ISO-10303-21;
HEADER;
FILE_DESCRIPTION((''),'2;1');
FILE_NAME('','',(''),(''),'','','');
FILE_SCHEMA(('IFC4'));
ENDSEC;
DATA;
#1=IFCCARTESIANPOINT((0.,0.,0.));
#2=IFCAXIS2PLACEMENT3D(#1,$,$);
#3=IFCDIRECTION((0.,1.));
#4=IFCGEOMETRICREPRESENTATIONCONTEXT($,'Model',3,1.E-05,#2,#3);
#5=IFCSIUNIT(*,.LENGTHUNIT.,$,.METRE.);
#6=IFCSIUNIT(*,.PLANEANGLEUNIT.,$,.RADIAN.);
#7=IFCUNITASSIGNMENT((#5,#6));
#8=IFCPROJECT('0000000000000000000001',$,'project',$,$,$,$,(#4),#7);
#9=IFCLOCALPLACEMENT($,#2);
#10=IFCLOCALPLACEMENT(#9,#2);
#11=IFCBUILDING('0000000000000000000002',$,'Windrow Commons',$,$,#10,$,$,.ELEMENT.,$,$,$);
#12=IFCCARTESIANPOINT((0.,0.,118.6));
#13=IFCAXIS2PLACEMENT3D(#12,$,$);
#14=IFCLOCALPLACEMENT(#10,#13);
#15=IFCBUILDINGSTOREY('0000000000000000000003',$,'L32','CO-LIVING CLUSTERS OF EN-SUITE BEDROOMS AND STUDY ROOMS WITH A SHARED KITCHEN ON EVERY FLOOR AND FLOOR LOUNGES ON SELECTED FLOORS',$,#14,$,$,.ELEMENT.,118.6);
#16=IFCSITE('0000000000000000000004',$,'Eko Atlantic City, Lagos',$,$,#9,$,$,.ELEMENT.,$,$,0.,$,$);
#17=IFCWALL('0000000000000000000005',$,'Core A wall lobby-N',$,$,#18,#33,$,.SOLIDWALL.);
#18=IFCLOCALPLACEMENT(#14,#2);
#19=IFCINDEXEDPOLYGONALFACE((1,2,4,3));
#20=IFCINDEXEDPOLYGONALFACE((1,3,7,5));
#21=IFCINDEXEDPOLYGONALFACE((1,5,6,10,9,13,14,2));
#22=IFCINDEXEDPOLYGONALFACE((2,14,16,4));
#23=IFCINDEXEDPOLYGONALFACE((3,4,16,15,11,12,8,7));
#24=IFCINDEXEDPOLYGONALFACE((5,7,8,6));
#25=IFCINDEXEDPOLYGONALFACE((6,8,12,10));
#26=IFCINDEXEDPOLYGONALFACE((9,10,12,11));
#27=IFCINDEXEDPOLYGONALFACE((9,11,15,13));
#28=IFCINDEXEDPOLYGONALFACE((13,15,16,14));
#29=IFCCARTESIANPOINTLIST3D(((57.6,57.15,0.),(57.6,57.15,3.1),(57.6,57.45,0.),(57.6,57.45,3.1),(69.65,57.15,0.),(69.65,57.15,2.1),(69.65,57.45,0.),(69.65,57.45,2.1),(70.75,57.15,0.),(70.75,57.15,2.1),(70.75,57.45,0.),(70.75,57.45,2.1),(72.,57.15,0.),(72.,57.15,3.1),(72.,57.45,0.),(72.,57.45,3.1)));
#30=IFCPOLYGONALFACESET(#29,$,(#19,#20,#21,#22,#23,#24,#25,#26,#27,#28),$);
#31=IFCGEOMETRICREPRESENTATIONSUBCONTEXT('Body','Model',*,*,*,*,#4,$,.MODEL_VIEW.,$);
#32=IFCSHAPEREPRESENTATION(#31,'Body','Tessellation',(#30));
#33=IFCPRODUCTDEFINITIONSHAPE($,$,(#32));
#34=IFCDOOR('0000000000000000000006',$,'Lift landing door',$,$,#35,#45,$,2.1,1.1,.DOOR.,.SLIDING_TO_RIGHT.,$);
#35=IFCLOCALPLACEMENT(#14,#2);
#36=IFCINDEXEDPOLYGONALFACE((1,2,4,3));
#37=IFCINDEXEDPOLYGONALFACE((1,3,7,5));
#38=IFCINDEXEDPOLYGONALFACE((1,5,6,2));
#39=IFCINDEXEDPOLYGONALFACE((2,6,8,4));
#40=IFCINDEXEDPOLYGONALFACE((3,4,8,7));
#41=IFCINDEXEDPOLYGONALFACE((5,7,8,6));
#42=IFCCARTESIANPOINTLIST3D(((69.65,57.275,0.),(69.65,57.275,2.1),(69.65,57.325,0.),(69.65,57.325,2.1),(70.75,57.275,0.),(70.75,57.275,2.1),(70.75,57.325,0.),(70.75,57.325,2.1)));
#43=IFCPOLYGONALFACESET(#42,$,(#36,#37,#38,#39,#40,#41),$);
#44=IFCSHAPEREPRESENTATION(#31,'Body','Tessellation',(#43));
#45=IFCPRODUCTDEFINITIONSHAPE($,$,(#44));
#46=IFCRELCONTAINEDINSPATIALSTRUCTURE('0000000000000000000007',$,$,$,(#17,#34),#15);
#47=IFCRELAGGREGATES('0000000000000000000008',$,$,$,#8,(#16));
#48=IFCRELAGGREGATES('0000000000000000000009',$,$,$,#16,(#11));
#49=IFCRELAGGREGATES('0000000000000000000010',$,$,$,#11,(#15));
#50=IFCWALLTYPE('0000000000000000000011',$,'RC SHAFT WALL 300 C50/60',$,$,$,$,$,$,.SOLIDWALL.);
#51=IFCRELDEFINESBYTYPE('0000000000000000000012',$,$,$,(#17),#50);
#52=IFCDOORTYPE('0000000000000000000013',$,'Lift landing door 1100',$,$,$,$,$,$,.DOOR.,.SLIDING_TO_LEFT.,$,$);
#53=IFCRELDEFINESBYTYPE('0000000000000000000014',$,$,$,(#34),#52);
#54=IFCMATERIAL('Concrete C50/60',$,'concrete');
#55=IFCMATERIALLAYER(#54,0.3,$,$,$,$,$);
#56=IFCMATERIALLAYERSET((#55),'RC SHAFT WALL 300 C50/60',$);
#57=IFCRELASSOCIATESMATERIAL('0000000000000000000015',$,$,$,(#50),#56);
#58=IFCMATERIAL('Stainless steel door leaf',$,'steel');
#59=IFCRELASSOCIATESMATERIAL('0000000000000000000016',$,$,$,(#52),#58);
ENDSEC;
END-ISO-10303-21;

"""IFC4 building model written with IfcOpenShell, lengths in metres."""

from ifc_helpers import new_model, si_unit, direction, frame, frame_2d, origin, place, context, subcontext, project, spatial, rectangle, extrude, material, layer, layer_set, type_object, element, fill, save


model = new_model("IFC4")

# Units and contexts
model_context = context("Model", 3, precision=1e-05, world=origin(), true_north=direction((0.0, 1.0)))
body_context = subcontext(model_context, "Body", "Model", "MODEL_VIEW")
ifc_project = project(units=[si_unit("LENGTHUNIT", "METRE"), si_unit("PLANEANGLEUNIT", "RADIAN")], contexts=[model_context])

# Site, building, storey
site_placement = place(None, origin())
site = spatial("IfcSite", under=ifc_project, at=site_placement, Name="Eko Atlantic City, Lagos", CompositionType="ELEMENT", RefElevation=0.0)
building_placement = place(site_placement, origin())
building = spatial("IfcBuilding", under=site, at=building_placement, Name="Windrow Commons", CompositionType="ELEMENT")
storey_placement = place(building_placement, frame((0.0, 0.0, 118.6)))
storey = spatial("IfcBuildingStorey", under=building, at=storey_placement, Name="L32", Description="CO-LIVING CLUSTERS OF EN-SUITE BEDROOMS AND STUDY ROOMS WITH A SHARED KITCHEN ON EVERY FLOOR AND FLOOR LOUNGES ON SELECTED FLOORS", CompositionType="ELEMENT", Elevation=118.6)

# Shared definitions
ifc_material_1 = material(Name="Concrete C50/60", Category="concrete")
ifc_layer_1 = layer(ifc_material_1, 0.3)
ifc_layer_set_1 = layer_set([ifc_layer_1], Name="RC SHAFT WALL 300 C50/60")
wall_type_1 = type_object("IfcWallType", Name="RC SHAFT WALL 300 C50/60", PredefinedType="SOLIDWALL", material=ifc_layer_set_1)
ifc_material_2 = material(Name="Stainless steel door leaf", Category="steel")
door_type_1 = type_object("IfcDoorType", Name="Lift landing door 1100", OperationType="SLIDING_TO_LEFT", PredefinedType="DOOR", material=ifc_material_2)

# Wall, opening, door
wall_1_placement = place(storey_placement, frame((57.6, 57.3, 0.0), z_axis=(0.0, 0.0, 1.0), x_axis=(1.0, 0.0, 0.0)))
wall_1 = element("IfcWall", 1, at=wall_1_placement, inside=storey, type_object=wall_type_1, Name="Core A wall lobby-N", PredefinedType="SOLIDWALL", context=body_context, shape_type="SweptSolid", body=[
    extrude(rectangle(XDim=14.4, YDim=0.3, at=frame_2d((7.2, 0.0))), origin(), (0.0, 0.0, 1.0), 3.1),
])
opening_1_placement = place(wall_1_placement, frame((12.05, 0.0, 0.0)))
opening_1 = element("IfcOpeningElement", 2, at=opening_1_placement, cuts=wall_1, PredefinedType="OPENING", context=body_context, shape_type="SweptSolid", body=[
    extrude(rectangle(XDim=1.1, YDim=2.1, at=frame_2d((0.55, 1.05))), frame((0.0, 0.16, 0.0), z_axis=(0.0, -1.0, 0.0), x_axis=(1.0, 0.0, 0.0)), (0.0, 0.0, 1.0), 0.32),
])
door_1_placement = place(opening_1_placement, origin())
door_1 = element("IfcDoor", 3, at=door_1_placement, inside=storey, type_object=door_type_1, Name="Lift landing door", OperationType="SLIDING_TO_RIGHT", OverallHeight=2.1, OverallWidth=1.1, PredefinedType="DOOR", context=body_context, shape_type="SweptSolid", body=[
    extrude(rectangle(XDim=1.1, YDim=2.1, at=frame_2d((0.55, 1.05))), frame((0.0, 0.025, 0.0), z_axis=(0.0, -1.0, 0.0), x_axis=(1.0, 0.0, 0.0)), (0.0, 0.0, 1.0), 0.05),
])
fill(opening_1, door_1)

save(model, "model.ifc")
